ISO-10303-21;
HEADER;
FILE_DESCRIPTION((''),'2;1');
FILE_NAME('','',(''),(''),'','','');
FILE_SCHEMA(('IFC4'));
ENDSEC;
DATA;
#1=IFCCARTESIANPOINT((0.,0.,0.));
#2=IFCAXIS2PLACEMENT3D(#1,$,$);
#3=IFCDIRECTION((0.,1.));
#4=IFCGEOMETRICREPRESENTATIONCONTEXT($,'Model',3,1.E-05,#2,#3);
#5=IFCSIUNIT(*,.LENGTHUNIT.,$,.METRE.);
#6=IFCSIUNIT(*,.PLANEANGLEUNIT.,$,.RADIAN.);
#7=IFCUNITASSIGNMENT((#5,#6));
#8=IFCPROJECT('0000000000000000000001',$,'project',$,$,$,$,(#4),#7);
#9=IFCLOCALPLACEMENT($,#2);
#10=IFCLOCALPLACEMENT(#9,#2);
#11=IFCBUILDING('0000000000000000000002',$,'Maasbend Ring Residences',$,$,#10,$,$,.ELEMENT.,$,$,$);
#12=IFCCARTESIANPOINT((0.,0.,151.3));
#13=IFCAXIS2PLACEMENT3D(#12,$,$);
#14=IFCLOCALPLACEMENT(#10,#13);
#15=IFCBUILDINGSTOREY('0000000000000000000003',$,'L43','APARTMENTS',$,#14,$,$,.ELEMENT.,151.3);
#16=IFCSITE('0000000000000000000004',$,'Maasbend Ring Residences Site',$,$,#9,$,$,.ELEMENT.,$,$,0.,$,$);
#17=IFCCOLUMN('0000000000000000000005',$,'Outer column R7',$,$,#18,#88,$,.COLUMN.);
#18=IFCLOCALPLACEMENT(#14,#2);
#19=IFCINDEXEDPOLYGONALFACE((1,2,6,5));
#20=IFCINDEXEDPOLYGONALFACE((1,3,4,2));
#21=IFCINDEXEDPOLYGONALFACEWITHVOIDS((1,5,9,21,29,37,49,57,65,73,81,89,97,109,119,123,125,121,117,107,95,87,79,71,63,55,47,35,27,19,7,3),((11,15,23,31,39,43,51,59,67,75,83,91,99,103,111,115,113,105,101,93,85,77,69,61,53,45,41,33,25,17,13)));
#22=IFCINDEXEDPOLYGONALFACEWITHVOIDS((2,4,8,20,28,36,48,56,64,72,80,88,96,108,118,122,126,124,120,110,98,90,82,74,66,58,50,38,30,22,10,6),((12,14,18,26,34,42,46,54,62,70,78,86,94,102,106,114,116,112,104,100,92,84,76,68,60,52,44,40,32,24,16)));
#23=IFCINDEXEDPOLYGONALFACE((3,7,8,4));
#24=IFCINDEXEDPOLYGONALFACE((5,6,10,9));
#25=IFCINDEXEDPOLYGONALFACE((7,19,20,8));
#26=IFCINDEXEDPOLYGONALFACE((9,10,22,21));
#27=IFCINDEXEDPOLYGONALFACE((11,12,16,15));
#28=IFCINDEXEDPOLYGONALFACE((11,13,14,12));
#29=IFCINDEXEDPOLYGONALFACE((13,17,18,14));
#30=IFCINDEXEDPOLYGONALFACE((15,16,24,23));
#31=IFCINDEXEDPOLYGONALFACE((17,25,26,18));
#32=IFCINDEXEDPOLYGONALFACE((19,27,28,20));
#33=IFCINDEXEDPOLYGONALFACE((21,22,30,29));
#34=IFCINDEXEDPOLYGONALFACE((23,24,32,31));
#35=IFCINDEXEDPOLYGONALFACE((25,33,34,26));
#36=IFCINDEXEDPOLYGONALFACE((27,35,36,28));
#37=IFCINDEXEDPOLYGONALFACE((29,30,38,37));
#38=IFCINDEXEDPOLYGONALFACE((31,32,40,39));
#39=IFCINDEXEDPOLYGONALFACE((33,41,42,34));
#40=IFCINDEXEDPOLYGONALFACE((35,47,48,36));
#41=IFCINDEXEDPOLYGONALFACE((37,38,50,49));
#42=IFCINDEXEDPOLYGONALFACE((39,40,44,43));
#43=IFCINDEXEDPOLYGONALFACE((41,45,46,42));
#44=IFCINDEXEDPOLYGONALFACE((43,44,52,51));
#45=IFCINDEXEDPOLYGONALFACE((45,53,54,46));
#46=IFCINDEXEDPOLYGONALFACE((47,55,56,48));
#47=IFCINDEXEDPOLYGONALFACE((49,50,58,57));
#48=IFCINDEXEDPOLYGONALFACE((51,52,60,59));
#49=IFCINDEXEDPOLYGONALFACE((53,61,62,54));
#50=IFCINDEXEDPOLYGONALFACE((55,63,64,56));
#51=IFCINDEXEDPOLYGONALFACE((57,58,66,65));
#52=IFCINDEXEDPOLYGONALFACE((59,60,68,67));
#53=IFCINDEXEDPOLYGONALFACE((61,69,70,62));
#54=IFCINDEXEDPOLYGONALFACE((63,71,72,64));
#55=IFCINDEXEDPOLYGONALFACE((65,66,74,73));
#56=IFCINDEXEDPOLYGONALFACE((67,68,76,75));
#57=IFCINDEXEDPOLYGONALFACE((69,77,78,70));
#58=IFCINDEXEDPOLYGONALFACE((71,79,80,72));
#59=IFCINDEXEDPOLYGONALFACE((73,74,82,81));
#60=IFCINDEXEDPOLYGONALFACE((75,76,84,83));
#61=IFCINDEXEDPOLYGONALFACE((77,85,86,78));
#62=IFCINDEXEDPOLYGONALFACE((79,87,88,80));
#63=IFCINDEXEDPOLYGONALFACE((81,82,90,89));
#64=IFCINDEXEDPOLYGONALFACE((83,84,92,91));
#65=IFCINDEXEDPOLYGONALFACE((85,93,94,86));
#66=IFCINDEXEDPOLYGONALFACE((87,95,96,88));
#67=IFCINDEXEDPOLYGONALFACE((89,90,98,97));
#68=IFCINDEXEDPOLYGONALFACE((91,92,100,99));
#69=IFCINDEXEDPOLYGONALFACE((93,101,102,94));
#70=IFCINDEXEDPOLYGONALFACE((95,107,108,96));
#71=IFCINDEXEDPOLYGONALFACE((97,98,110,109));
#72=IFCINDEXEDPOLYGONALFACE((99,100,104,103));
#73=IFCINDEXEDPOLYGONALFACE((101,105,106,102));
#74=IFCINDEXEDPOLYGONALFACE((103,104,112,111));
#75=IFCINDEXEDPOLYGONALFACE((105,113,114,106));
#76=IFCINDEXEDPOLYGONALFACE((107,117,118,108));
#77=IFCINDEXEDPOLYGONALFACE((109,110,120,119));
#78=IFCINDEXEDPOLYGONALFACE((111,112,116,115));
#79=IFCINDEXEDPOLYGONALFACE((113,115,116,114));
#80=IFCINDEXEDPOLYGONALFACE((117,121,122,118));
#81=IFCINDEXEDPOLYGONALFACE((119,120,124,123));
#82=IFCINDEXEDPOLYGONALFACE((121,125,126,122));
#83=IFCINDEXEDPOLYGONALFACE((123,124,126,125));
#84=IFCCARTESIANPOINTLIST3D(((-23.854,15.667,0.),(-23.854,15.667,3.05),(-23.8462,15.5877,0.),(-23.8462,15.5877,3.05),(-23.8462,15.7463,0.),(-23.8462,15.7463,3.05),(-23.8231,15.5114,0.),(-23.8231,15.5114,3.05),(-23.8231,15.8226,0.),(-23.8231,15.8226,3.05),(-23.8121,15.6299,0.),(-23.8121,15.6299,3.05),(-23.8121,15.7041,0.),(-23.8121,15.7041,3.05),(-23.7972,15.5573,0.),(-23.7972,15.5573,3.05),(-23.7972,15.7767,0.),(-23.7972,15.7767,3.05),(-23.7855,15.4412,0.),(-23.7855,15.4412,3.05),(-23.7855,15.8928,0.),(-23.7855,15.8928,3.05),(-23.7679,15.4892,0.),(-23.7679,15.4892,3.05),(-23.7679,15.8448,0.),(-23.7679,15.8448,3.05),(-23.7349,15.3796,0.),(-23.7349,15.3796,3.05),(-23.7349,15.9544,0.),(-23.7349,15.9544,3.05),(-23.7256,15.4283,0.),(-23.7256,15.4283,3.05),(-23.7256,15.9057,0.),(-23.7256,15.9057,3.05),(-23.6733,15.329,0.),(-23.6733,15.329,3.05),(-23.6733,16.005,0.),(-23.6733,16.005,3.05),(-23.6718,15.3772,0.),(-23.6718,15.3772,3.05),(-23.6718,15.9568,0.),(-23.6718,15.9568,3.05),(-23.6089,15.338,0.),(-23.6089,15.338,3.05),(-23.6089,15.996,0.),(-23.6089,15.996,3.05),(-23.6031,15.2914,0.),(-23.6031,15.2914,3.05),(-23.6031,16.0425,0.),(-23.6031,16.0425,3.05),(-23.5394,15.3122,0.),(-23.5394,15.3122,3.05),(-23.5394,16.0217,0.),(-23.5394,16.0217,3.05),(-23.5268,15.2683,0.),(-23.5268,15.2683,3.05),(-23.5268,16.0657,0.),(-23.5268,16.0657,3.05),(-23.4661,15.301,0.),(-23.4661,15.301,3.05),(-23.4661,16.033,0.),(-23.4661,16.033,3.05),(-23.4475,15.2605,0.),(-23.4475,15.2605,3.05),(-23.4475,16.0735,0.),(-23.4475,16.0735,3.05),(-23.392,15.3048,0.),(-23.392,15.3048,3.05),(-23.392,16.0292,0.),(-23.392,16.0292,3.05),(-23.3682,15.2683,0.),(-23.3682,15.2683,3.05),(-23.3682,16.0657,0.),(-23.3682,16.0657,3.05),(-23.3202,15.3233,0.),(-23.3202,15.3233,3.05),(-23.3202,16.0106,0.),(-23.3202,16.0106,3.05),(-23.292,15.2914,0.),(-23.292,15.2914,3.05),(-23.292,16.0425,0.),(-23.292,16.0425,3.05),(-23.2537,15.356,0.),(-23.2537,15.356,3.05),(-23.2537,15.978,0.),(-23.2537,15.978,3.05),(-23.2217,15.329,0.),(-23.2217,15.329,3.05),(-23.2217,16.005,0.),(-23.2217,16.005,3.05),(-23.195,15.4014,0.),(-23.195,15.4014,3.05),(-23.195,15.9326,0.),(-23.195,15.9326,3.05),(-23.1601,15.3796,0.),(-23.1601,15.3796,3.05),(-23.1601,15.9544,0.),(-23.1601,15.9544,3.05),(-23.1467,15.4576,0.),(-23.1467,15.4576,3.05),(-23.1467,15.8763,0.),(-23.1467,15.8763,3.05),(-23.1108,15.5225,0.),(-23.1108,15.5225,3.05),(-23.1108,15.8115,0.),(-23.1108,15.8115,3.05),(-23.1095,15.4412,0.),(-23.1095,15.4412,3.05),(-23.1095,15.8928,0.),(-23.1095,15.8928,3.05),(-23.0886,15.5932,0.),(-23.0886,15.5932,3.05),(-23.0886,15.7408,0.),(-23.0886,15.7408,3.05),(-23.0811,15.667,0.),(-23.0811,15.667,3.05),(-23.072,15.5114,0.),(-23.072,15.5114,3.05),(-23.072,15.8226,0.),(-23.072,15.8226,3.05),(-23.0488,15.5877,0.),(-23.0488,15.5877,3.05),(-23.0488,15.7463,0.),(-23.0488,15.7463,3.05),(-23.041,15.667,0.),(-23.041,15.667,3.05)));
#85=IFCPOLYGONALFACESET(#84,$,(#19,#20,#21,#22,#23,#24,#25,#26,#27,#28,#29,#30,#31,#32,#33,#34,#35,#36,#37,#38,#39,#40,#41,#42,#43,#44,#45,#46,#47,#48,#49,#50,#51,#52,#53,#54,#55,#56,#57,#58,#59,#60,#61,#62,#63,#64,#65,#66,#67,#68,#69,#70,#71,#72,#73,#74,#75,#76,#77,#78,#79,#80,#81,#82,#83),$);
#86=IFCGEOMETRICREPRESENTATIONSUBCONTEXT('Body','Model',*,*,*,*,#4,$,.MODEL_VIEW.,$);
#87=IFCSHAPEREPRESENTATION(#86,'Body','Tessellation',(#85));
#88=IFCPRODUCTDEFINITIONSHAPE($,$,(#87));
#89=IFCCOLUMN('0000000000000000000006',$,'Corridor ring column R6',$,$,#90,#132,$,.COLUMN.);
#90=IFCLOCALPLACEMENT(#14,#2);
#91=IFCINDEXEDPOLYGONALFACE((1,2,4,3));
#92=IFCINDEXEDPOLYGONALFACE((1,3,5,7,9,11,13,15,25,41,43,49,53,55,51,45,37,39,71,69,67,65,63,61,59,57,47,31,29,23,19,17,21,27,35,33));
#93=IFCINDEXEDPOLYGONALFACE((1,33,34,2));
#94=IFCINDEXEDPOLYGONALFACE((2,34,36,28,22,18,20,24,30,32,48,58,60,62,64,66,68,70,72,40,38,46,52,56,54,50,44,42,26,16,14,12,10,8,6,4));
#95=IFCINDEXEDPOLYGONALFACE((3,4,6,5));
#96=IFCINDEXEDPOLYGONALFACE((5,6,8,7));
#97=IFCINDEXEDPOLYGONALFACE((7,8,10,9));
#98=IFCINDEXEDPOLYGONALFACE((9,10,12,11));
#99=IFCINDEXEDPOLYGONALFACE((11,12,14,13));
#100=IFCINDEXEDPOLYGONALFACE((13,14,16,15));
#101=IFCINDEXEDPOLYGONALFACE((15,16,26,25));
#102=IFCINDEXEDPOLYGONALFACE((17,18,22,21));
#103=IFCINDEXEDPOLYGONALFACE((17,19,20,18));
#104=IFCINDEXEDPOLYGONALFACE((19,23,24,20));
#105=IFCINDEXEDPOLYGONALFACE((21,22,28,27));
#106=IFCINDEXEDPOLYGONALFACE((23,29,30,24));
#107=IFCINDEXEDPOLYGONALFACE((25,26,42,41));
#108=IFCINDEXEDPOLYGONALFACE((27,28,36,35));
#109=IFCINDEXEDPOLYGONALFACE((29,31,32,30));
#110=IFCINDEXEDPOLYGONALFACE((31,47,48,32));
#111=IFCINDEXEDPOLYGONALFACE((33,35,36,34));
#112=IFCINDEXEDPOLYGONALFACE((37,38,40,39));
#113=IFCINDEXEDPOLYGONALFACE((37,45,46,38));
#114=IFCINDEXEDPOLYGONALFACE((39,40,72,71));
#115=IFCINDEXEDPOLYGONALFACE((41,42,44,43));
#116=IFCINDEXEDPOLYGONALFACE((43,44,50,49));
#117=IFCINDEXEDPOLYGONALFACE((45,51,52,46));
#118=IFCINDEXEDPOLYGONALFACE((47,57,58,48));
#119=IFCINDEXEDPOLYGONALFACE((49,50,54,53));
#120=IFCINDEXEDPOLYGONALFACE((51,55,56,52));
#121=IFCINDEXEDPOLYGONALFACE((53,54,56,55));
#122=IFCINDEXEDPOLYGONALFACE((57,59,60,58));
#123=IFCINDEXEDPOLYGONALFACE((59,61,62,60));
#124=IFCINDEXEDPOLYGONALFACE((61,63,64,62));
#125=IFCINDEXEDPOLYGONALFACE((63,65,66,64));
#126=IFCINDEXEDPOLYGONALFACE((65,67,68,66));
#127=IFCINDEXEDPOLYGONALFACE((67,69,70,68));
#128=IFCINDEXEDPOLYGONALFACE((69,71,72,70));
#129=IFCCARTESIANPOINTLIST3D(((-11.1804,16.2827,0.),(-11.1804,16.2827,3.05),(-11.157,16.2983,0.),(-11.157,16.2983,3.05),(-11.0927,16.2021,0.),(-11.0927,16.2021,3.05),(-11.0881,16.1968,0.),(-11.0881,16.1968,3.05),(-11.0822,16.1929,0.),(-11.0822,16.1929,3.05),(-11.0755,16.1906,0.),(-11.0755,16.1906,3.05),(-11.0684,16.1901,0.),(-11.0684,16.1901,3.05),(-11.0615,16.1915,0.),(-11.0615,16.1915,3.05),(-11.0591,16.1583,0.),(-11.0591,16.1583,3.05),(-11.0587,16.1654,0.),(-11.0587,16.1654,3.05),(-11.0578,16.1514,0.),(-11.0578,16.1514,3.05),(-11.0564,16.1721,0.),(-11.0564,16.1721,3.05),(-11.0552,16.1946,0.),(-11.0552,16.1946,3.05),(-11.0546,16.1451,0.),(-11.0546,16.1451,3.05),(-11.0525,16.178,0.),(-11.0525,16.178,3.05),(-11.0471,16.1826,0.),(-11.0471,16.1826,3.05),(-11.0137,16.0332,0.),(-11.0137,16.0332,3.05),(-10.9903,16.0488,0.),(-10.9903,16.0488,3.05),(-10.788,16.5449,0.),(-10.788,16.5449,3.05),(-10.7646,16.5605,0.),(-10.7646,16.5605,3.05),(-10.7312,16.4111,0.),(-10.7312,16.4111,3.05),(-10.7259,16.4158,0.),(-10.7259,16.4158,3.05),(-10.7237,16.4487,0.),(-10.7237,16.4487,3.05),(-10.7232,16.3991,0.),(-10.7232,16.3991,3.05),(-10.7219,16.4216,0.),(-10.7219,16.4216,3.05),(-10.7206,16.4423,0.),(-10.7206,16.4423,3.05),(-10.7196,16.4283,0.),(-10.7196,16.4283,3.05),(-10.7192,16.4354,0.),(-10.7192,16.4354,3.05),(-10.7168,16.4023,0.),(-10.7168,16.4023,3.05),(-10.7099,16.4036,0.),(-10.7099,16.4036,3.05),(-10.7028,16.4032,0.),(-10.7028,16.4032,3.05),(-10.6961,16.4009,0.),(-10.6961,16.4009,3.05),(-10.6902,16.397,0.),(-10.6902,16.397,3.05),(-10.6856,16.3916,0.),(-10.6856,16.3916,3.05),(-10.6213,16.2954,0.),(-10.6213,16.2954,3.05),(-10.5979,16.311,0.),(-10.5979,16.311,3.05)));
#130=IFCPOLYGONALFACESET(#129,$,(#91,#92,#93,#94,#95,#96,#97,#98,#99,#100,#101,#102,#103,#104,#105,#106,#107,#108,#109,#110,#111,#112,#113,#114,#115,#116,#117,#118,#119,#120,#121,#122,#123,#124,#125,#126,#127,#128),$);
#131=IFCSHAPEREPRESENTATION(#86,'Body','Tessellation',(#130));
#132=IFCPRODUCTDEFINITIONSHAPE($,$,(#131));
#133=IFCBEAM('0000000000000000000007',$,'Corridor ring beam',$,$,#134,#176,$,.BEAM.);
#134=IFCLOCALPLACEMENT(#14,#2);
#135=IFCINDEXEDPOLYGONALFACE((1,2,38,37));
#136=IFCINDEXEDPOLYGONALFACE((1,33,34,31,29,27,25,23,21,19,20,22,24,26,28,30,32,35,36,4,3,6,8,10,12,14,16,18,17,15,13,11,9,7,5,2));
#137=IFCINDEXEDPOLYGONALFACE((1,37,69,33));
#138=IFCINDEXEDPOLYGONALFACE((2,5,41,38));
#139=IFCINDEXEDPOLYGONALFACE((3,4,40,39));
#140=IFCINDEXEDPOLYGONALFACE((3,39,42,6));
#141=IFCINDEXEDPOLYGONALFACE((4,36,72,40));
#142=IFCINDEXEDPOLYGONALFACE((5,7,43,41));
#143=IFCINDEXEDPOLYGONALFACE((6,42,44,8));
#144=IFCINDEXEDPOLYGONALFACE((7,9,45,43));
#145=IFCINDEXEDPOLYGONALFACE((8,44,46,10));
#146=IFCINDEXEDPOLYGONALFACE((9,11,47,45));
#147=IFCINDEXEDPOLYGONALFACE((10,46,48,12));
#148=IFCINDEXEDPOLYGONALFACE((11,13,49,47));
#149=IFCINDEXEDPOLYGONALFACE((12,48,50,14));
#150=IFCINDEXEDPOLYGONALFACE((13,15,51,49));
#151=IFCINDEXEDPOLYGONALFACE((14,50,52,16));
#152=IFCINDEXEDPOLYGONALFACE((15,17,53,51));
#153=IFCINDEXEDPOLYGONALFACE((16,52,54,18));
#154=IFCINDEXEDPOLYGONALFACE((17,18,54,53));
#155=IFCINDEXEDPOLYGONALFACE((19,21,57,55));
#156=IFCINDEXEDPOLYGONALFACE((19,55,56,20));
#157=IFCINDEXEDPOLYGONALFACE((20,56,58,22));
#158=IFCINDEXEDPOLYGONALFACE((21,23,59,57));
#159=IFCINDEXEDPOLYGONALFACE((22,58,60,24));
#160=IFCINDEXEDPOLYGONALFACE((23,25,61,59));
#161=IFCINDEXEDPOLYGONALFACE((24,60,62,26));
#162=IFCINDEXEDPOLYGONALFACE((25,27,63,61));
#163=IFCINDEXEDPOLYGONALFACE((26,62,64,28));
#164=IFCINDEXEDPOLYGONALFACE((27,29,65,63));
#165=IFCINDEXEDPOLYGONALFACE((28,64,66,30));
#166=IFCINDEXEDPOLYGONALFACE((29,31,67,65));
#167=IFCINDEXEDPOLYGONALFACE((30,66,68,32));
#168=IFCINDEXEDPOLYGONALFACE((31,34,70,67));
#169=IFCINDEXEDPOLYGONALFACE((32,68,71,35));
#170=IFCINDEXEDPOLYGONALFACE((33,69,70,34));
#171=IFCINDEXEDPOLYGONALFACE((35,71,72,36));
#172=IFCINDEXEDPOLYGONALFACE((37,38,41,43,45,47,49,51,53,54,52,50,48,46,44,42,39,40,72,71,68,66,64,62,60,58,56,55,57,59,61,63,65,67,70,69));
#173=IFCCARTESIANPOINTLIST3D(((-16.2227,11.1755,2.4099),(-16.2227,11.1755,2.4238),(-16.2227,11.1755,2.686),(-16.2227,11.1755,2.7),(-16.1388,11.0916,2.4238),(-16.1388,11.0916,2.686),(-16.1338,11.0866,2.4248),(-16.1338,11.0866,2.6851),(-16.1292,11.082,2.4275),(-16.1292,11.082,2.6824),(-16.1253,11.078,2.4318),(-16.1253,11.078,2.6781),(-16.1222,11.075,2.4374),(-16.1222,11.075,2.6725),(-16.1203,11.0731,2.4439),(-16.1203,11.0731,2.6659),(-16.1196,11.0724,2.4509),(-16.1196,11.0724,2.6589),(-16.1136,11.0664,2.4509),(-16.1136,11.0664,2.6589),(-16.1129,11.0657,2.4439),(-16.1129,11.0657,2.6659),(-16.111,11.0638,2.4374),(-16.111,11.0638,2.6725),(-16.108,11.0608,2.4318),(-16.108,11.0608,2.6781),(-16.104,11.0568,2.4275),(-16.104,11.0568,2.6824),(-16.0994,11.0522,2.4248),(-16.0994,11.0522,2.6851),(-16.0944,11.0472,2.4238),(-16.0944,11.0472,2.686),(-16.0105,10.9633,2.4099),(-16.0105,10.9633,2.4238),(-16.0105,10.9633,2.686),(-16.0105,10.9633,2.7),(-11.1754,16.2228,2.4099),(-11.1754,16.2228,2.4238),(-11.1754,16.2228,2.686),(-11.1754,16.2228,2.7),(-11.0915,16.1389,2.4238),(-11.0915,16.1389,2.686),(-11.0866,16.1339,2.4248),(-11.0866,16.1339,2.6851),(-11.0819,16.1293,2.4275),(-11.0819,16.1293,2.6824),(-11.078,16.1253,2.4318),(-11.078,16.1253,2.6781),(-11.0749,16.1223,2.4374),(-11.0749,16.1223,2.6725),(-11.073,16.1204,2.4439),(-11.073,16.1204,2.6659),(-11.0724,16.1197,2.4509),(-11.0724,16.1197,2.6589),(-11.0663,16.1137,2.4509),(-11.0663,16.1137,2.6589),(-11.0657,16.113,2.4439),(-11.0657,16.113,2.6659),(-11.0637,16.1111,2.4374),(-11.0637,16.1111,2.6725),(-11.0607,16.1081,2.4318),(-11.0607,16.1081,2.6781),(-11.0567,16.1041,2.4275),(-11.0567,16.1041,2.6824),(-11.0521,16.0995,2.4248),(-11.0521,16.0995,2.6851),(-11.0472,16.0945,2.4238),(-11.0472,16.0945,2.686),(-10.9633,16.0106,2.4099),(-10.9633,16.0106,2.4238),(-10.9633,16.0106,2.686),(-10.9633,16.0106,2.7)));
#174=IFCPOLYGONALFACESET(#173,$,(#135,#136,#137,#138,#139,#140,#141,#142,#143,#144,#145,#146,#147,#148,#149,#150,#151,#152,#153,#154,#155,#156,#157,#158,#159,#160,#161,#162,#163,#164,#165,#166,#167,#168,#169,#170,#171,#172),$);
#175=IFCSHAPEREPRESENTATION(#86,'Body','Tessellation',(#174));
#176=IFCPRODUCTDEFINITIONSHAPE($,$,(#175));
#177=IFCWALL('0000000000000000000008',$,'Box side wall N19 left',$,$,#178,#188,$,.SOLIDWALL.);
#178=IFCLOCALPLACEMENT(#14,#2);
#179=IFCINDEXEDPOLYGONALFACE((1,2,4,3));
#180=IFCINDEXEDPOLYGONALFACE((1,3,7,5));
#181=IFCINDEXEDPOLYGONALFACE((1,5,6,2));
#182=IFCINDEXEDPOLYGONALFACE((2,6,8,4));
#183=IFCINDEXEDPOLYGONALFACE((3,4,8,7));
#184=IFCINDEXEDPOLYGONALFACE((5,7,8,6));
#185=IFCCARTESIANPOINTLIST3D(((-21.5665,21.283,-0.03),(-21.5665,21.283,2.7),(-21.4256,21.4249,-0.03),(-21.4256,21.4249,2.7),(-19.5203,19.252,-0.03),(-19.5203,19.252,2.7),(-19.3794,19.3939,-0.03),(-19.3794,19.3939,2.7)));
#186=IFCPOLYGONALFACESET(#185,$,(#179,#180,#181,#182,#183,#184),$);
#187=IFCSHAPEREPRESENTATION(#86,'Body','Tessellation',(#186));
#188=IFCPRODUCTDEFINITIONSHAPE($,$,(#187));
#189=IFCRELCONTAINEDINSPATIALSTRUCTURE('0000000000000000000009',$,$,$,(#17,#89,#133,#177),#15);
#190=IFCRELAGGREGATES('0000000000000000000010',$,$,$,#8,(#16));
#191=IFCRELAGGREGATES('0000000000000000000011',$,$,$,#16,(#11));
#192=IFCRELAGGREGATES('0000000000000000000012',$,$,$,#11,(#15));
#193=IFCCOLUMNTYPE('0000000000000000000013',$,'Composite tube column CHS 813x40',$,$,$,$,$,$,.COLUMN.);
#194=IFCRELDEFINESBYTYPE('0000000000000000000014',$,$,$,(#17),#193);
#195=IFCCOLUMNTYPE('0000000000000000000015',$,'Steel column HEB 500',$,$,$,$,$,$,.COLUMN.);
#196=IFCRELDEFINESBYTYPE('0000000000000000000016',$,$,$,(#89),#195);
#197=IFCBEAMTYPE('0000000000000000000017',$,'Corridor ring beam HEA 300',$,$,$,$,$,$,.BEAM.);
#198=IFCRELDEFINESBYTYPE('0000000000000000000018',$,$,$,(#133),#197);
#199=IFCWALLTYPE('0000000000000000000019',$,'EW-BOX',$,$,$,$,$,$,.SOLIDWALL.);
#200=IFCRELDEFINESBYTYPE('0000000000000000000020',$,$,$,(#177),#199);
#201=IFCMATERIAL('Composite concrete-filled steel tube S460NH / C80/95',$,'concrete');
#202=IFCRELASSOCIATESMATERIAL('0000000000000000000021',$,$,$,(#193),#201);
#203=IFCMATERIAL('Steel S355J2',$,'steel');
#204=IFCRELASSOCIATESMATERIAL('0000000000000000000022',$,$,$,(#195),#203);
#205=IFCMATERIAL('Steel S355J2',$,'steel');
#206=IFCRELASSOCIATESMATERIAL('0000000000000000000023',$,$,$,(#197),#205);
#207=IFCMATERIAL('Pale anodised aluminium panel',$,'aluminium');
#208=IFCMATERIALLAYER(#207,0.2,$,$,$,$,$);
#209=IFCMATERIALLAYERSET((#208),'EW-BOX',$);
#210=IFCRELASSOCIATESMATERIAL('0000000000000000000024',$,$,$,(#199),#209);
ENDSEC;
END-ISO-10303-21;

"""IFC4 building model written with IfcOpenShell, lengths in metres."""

from ifc_helpers import new_model, si_unit, direction, frame, frame_2d, origin, origin_2d, place, context, subcontext, project, spatial, rectangle, hollow_circle, i_section, extrude, material, layer, layer_set, material_profile, profile_set, type_object, element, save


model = new_model("IFC4")

# Units and contexts
model_context = context("Model", 3, precision=1e-05, world=origin(), true_north=direction((0.0, 1.0)))
body_context = subcontext(model_context, "Body", "Model", "MODEL_VIEW")
ifc_project = project(units=[si_unit("LENGTHUNIT", "METRE"), si_unit("PLANEANGLEUNIT", "RADIAN")], contexts=[model_context])

# Site, building, storey
site_placement = place(None, origin())
site = spatial("IfcSite", under=ifc_project, at=site_placement, Name="Maasbend Ring Residences Site", CompositionType="ELEMENT", RefElevation=0.0)
building_placement = place(site_placement, origin())
building = spatial("IfcBuilding", under=site, at=building_placement, Name="Maasbend Ring Residences", CompositionType="ELEMENT")
storey_placement = place(building_placement, frame((0.0, 0.0, 151.3)))
storey = spatial("IfcBuildingStorey", under=building, at=storey_placement, Name="L43", Description="APARTMENTS", CompositionType="ELEMENT", Elevation=151.3)

# Columns
ifc_material_1 = material(Name="Composite concrete-filled steel tube S460NH / C80/95", Category="concrete")
ifc_material_profile_1 = material_profile(ifc_material_1, hollow_circle(Radius=0.4065, WallThickness=0.04, at=origin_2d()), Name="Composite tube column CHS 813x40")
ifc_profile_set_1 = profile_set([ifc_material_profile_1], Name="Composite concrete-filled steel tube S460NH / C80/95")
column_type_1 = type_object("IfcColumnType", Name="Composite tube column CHS 813x40", PredefinedType="COLUMN", material=ifc_profile_set_1)
column_1_placement = place(storey_placement, frame((-23.4475, 15.667, 0.0), z_axis=(0.0, 0.0, 1.0), x_axis=(1.0, 0.0, 0.0)))
element("IfcColumn", 1, at=column_1_placement, inside=storey, type_object=column_type_1, Name="Outer column R7", PredefinedType="COLUMN", context=body_context, shape_type="SweptSolid", body=[
    extrude(hollow_circle(Radius=0.4065, WallThickness=0.04, at=origin_2d()), origin(), (0.0, 0.0, 1.0), 3.05),
])
ifc_material_2 = material(Name="Steel S355J2", Category="steel")
ifc_material_profile_2 = material_profile(ifc_material_2, i_section(OverallWidth=0.3, OverallDepth=0.5, WebThickness=0.0144, FlangeThickness=0.0281, FilletRadius=0.0271, at=origin_2d()), Name="HEB 500")
ifc_profile_set_2 = profile_set([ifc_material_profile_2], Name="Steel S355J2")
column_type_2 = type_object("IfcColumnType", Name="Steel column HEB 500", PredefinedType="COLUMN", material=ifc_profile_set_2)
column_2_placement = place(storey_placement, frame((-10.8892, 16.2969, 0.0), z_axis=(0.0, 0.0, 1.0), x_axis=(-0.55557, 0.83147, 0.0)))
element("IfcColumn", 2, at=column_2_placement, inside=storey, type_object=column_type_2, Name="Corridor ring column R6", PredefinedType="COLUMN", context=body_context, shape_type="SweptSolid", body=[
    extrude(i_section(OverallWidth=0.3, OverallDepth=0.5, WebThickness=0.0144, FlangeThickness=0.0281, FilletRadius=0.0271, at=origin_2d()), origin(), (0.0, 0.0, 1.0), 3.05),
])

# Beam
ifc_material_3 = material(Name="Steel S355J2", Category="steel")
ifc_material_profile_3 = material_profile(ifc_material_3, i_section(OverallWidth=0.3, OverallDepth=0.29, WebThickness=0.0085, FlangeThickness=0.0139, FilletRadius=0.0271, at=origin_2d()), Name="HEA 300")
ifc_profile_set_3 = profile_set([ifc_material_profile_3], Name="Steel S355J2")
beam_type = type_object("IfcBeamType", Name="Corridor ring beam HEA 300", PredefinedType="BEAM", material=ifc_profile_set_3)
beam_placement = place(storey_placement, frame((-11.0693, 16.1167, 2.5549), z_axis=(-0.707107, -0.707107, 0.0), x_axis=(0.707107, -0.707107, 0.0)))
element("IfcBeam", 3, at=beam_placement, inside=storey, type_object=beam_type, Name="Corridor ring beam", PredefinedType="BEAM", context=body_context, shape_type="SweptSolid", body=[
    extrude(i_section(OverallWidth=0.3, OverallDepth=0.29, WebThickness=0.0085, FlangeThickness=0.0139, FilletRadius=0.0271, at=origin_2d()), origin(), (0.0, 0.0, 1.0), 7.1379),
])

# Wall
ifc_material_4 = material(Name="Pale anodised aluminium panel", Category="aluminium")
ifc_layer_1 = layer(ifc_material_4, 0.2)
ifc_layer_set_1 = layer_set([ifc_layer_1], Name="EW-BOX")
wall_type_1 = type_object("IfcWallType", Name="EW-BOX", PredefinedType="SOLIDWALL", material=ifc_layer_set_1)
wall_1_placement = place(storey_placement, frame((-19.45, 19.323, -0.03), z_axis=(0.0, 0.0, 1.0), x_axis=(-0.709727, 0.704477, 0.0)))
element("IfcWall", 4, at=wall_1_placement, inside=storey, type_object=wall_type_1, Name="Box side wall N19 left", PredefinedType="SOLIDWALL", context=body_context, shape_type="SweptSolid", body=[
    extrude(rectangle(XDim=2.8831, YDim=0.2, at=frame_2d((1.4414, 0.0))), origin(), (0.0, 0.0, 1.0), 2.73),
])

save(model, "model.ifc")
